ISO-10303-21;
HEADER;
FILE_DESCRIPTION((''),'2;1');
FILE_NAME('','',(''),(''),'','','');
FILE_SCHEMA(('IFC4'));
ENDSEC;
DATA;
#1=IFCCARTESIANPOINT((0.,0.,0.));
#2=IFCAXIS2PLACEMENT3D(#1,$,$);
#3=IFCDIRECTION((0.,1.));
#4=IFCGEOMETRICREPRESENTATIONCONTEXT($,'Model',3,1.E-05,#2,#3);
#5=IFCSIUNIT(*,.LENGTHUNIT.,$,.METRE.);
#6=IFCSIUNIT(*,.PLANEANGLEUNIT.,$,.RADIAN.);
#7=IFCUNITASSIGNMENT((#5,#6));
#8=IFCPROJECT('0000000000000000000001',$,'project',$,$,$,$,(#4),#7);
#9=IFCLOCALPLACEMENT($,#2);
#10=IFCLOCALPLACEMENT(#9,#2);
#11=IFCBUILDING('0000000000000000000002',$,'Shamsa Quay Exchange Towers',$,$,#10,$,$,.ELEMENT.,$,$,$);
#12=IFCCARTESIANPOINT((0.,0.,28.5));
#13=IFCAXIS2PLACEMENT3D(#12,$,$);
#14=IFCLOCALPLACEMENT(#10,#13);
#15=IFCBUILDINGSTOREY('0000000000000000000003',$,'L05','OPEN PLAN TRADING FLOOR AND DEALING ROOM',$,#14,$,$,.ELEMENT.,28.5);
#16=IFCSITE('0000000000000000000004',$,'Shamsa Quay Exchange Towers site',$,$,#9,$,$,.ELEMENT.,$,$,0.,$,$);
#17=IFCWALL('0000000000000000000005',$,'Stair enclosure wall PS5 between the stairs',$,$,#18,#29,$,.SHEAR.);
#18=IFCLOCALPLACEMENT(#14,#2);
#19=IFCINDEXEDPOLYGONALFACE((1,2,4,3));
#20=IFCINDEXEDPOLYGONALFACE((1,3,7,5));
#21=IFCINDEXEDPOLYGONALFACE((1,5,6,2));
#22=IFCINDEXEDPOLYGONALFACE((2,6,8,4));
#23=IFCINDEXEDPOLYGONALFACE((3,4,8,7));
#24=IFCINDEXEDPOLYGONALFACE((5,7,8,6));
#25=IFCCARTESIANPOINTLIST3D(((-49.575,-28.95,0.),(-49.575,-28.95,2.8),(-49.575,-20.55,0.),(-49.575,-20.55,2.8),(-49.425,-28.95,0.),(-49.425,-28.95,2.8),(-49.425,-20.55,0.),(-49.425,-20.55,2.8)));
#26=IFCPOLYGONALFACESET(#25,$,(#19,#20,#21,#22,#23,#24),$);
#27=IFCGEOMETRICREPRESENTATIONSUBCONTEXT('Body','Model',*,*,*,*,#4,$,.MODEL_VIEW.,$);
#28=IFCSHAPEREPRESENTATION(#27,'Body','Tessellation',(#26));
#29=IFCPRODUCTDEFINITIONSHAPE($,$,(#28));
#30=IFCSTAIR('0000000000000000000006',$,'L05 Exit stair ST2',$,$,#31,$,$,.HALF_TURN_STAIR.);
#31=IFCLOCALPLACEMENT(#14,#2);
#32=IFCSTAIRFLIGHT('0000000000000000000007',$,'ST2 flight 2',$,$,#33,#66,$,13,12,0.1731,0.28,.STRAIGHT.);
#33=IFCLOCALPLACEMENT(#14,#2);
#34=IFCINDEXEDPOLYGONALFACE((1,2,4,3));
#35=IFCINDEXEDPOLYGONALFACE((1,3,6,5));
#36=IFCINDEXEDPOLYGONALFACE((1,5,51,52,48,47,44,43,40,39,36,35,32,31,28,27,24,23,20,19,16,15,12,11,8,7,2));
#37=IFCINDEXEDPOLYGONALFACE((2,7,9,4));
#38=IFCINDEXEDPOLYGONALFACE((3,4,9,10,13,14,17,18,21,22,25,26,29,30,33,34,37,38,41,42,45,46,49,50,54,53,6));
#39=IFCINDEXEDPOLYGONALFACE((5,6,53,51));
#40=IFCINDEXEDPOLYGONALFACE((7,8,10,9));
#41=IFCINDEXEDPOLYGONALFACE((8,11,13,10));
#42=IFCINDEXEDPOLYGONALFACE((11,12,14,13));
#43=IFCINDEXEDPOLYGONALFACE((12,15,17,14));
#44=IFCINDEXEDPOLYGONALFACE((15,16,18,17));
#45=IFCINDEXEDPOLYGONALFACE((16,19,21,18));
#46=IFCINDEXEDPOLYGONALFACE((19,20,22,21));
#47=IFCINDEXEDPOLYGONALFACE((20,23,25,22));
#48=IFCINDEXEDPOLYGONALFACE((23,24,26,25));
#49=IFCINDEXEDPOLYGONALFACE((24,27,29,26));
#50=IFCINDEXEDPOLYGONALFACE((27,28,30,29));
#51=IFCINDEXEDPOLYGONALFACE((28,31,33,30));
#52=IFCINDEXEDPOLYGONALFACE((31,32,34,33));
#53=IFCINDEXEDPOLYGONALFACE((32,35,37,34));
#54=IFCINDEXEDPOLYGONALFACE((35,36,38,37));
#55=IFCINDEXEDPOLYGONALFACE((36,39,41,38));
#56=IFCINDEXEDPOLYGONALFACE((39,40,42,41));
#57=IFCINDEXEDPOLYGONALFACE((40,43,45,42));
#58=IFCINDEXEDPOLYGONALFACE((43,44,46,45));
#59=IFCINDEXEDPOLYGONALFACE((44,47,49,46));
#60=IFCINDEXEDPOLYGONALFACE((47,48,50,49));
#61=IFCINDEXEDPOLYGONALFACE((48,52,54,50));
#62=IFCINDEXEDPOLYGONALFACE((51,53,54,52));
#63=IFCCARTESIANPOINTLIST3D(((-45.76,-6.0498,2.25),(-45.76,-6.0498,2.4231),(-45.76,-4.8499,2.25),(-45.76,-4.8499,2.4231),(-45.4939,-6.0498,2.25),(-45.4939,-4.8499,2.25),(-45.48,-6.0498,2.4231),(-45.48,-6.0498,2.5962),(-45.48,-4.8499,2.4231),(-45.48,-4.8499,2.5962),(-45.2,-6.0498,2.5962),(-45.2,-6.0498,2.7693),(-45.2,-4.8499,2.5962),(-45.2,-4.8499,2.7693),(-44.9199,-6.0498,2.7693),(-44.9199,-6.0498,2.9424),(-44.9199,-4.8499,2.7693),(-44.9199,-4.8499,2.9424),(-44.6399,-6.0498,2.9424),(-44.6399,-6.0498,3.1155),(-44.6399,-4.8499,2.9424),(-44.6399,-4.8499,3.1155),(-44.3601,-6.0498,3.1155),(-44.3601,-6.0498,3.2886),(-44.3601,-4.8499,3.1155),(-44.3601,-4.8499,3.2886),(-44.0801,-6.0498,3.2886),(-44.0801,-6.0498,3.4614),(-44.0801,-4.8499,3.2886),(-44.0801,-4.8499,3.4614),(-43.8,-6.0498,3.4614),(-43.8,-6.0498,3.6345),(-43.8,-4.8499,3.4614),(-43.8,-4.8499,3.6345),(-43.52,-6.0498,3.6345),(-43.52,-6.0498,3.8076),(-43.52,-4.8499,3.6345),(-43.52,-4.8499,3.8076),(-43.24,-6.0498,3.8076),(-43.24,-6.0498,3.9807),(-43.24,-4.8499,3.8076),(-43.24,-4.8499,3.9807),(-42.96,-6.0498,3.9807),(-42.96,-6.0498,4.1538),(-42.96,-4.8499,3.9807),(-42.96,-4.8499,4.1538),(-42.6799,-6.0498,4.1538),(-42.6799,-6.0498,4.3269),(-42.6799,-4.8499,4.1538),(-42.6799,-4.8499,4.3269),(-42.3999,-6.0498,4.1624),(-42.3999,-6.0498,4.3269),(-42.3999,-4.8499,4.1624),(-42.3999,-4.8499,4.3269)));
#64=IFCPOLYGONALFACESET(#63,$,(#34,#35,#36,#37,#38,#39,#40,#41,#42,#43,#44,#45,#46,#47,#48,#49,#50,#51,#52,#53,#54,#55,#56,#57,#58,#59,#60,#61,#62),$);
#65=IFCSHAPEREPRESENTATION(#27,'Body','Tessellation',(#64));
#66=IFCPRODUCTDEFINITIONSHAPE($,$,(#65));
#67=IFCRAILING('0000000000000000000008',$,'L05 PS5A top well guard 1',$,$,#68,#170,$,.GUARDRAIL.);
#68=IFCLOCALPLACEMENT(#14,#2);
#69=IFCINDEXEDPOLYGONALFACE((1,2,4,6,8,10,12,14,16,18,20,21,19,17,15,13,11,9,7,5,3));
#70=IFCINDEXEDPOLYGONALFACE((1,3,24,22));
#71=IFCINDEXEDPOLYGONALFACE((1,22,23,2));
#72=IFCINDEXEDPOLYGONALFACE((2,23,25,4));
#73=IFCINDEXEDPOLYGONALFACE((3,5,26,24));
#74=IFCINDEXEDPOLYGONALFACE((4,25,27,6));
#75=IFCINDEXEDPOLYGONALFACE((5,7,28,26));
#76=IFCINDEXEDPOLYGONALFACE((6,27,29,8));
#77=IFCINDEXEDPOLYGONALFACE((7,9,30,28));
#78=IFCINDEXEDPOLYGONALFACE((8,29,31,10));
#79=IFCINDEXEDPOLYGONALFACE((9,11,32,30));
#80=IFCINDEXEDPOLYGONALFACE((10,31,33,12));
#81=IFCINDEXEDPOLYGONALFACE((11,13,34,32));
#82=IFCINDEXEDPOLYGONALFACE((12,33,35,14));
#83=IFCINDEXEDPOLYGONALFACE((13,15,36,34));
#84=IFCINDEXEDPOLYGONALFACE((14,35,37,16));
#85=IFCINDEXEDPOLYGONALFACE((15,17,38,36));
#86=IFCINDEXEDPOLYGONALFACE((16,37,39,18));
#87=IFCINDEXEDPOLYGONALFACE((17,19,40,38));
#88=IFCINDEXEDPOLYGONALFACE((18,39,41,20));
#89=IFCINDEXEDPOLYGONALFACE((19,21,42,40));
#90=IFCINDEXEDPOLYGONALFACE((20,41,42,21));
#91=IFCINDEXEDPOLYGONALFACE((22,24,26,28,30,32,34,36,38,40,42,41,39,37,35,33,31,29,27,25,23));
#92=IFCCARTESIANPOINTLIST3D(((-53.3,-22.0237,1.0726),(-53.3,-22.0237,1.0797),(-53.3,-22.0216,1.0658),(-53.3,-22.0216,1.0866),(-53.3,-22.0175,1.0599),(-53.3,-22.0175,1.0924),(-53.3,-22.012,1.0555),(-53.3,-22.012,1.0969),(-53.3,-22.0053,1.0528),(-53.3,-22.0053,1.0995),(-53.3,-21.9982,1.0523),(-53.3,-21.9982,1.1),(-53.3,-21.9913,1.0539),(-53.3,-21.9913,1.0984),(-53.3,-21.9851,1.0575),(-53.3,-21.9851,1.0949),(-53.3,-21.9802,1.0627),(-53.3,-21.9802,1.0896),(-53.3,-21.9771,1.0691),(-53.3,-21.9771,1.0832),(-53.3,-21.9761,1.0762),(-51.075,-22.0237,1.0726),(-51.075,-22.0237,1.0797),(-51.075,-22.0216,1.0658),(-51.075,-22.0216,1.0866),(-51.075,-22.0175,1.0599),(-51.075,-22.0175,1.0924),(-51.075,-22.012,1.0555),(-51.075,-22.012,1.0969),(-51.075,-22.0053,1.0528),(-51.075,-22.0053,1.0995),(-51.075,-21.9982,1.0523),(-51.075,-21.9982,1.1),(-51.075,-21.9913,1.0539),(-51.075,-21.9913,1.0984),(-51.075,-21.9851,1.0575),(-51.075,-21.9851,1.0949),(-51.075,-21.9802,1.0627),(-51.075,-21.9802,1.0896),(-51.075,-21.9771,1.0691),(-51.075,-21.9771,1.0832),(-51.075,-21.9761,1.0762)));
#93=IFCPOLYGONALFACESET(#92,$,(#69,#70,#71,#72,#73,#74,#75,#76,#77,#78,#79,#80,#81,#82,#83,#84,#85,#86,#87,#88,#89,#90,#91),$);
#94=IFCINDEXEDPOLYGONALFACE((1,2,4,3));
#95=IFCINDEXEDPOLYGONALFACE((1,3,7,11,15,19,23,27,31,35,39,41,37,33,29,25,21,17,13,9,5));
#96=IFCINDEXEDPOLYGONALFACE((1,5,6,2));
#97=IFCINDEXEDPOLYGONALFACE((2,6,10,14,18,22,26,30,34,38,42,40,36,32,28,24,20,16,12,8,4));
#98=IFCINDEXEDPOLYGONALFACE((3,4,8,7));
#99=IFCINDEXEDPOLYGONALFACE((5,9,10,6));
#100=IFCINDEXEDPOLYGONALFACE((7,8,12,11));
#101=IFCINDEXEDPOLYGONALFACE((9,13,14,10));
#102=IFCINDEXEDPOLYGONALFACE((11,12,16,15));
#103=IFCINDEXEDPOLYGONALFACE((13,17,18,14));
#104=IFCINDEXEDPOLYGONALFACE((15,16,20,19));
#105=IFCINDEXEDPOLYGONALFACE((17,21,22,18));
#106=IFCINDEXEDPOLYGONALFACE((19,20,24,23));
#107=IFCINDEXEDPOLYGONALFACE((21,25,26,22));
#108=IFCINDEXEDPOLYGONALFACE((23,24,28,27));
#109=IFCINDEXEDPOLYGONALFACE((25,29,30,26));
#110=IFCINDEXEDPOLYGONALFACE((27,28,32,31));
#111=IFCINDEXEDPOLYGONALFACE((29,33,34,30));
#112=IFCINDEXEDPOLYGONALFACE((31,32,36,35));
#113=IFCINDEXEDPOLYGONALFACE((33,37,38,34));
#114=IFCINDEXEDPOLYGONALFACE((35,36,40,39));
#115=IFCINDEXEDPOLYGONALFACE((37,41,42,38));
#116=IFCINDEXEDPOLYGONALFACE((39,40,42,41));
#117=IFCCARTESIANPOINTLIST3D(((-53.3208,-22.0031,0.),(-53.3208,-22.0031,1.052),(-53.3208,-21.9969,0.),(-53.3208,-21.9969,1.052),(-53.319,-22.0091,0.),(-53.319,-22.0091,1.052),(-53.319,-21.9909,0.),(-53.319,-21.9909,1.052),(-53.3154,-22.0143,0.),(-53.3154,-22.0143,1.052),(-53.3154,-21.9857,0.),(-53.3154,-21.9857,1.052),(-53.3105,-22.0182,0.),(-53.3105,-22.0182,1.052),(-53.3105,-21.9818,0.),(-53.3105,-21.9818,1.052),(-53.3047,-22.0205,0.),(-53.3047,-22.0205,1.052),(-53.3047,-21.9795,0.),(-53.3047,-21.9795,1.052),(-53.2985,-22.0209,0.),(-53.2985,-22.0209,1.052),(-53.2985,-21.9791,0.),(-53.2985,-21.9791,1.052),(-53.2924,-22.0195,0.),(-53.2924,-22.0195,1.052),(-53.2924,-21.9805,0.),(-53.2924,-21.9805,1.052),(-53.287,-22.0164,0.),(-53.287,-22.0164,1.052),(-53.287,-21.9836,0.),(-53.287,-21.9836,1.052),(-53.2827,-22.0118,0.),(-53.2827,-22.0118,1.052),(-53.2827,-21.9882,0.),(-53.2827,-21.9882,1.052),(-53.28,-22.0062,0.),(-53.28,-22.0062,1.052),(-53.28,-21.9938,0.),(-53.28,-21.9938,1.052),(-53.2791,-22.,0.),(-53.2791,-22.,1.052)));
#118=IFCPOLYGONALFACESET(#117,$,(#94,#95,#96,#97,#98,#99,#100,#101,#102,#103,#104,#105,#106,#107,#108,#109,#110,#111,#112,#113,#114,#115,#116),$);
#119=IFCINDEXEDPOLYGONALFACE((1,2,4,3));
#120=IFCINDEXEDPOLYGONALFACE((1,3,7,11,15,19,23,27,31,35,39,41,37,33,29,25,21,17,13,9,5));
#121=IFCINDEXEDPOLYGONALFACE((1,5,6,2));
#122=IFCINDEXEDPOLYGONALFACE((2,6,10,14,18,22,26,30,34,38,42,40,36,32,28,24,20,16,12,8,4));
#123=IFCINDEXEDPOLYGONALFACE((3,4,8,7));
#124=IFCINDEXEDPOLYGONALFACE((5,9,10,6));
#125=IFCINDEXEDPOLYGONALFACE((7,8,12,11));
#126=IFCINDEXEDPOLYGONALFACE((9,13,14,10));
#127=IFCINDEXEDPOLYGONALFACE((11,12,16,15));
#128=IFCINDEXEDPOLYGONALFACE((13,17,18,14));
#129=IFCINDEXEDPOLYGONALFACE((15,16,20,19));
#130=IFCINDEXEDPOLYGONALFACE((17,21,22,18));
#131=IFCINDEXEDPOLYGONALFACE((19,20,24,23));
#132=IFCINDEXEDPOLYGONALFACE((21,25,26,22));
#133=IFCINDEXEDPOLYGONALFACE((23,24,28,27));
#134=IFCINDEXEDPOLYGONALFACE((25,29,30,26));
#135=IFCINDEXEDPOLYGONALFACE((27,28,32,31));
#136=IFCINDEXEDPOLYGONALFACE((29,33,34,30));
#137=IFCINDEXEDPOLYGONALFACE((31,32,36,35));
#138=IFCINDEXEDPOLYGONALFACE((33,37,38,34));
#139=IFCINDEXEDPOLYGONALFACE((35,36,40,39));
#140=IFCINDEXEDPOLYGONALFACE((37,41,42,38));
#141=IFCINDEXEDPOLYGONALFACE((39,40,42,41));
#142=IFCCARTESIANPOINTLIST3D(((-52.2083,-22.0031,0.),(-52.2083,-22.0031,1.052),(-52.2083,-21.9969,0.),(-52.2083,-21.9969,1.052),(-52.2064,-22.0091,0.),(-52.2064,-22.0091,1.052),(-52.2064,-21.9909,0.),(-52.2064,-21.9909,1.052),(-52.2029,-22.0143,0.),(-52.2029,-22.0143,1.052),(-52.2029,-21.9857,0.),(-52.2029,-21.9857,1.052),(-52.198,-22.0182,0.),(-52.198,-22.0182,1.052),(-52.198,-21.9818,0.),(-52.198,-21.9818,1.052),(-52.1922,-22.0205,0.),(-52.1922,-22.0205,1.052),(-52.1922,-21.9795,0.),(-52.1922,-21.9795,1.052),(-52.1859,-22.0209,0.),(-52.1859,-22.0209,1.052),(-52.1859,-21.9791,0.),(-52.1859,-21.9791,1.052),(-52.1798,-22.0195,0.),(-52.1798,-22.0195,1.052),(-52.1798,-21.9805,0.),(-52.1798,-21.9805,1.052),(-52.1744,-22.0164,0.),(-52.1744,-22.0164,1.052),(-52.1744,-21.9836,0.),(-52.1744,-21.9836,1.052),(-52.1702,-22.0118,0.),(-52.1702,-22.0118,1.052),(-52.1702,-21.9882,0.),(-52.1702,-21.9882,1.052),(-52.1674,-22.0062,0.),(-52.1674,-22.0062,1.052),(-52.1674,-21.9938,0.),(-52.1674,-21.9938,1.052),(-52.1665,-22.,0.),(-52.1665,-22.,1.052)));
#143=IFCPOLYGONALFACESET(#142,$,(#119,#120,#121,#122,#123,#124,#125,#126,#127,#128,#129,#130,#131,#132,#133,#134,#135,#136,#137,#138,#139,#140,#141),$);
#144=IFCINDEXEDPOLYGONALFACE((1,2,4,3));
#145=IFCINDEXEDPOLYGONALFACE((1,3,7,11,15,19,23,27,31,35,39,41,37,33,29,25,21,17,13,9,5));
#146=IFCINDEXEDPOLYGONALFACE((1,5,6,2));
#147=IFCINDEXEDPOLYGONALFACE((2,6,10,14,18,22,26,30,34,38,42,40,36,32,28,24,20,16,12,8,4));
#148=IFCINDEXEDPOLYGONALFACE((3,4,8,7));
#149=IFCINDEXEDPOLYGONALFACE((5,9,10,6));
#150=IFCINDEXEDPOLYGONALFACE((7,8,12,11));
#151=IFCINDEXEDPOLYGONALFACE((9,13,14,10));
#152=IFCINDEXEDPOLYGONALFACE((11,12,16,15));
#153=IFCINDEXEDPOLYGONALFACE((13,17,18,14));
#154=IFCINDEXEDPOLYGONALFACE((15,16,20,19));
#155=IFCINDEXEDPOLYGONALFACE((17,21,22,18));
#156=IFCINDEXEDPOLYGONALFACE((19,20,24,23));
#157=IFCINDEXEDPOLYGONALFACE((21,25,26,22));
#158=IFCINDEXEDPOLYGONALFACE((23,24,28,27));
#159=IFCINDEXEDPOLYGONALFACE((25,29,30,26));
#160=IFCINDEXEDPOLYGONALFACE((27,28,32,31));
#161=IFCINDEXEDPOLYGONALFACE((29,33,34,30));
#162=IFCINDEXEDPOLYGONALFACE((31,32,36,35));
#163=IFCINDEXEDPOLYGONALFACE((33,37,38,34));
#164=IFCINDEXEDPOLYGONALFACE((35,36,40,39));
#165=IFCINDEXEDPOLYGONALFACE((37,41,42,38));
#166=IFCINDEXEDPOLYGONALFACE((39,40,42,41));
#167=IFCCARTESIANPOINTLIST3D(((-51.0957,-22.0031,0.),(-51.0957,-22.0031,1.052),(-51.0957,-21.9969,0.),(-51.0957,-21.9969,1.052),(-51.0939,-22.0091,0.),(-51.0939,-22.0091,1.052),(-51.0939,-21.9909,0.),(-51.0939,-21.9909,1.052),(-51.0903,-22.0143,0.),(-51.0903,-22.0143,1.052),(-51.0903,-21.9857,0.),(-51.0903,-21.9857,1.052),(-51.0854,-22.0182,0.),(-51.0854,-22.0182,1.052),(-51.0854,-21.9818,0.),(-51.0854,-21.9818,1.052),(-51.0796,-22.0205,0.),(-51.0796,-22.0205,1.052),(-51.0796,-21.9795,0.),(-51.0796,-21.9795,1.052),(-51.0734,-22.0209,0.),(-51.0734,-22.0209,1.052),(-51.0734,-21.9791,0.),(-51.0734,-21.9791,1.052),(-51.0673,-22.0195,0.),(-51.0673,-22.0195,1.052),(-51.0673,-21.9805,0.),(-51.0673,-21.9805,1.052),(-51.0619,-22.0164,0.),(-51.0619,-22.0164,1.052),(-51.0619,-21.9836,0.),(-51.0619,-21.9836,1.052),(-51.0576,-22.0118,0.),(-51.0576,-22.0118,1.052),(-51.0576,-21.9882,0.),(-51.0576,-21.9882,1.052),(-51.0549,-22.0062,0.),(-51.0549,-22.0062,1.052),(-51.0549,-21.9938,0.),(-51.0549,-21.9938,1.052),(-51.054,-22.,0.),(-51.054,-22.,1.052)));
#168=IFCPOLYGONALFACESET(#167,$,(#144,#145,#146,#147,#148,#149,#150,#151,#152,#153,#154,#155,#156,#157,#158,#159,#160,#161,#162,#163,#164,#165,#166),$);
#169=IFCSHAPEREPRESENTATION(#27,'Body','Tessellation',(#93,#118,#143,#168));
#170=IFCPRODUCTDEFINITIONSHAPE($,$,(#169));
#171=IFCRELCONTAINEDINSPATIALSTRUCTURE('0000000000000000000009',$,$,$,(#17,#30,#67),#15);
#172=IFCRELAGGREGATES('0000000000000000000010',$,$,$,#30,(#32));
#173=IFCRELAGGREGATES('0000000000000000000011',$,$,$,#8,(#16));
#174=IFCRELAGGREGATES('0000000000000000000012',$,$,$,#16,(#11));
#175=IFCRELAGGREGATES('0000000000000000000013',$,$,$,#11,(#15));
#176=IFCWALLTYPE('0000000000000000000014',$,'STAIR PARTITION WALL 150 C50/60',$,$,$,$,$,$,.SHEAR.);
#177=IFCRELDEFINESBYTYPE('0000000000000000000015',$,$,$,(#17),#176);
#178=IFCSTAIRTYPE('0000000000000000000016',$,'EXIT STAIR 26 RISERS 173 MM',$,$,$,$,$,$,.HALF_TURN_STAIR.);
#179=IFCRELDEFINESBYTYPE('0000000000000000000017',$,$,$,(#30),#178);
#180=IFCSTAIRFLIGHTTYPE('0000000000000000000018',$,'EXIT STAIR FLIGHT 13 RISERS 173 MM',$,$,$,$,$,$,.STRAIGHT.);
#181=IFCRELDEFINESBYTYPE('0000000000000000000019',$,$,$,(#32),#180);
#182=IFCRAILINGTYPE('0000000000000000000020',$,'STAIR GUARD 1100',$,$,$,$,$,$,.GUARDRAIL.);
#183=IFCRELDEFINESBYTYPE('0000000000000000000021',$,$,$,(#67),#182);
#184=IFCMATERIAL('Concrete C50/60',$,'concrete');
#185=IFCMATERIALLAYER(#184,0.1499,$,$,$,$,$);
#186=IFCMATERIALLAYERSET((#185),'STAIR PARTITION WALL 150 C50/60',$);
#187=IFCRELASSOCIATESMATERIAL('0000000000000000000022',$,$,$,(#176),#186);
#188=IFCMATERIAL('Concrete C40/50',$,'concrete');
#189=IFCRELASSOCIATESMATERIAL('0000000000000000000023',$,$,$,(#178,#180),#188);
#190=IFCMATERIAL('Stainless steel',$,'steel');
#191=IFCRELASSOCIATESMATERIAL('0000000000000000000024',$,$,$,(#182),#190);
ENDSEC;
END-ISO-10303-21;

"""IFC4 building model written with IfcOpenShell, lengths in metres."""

from ifc_helpers import new_model, si_unit, direction, frame, frame_2d, origin, origin_2d, place, context, subcontext, project, spatial, polyline, rectangle, circle, outline, extrude, material, layer, layer_set, type_object, element, aggregate, save


model = new_model("IFC4")

# Units and contexts
model_context = context("Model", 3, precision=1e-05, world=origin(), true_north=direction((0.0, 1.0)))
body_context = subcontext(model_context, "Body", "Model", "MODEL_VIEW")
ifc_project = project(units=[si_unit("LENGTHUNIT", "METRE"), si_unit("PLANEANGLEUNIT", "RADIAN")], contexts=[model_context])

# Site, building, storey
site_placement = place(None, origin())
site = spatial("IfcSite", under=ifc_project, at=site_placement, Name="Shamsa Quay Exchange Towers site", CompositionType="ELEMENT", RefElevation=0.0)
building_placement = place(site_placement, origin())
building = spatial("IfcBuilding", under=site, at=building_placement, Name="Shamsa Quay Exchange Towers", CompositionType="ELEMENT")
storey_placement = place(building_placement, frame((0.0, 0.0, 28.5)))
storey = spatial("IfcBuildingStorey", under=building, at=storey_placement, Name="L05", Description="OPEN PLAN TRADING FLOOR AND DEALING ROOM", CompositionType="ELEMENT", Elevation=28.5)

# Shared definitions
ifc_material_1 = material(Name="Concrete C50/60", Category="concrete")

# Wall
ifc_layer_1 = layer(ifc_material_1, 0.1499)
ifc_layer_set_1 = layer_set([ifc_layer_1], Name="STAIR PARTITION WALL 150 C50/60")
wall_type_1 = type_object("IfcWallType", Name="STAIR PARTITION WALL 150 C50/60", PredefinedType="SHEAR", material=ifc_layer_set_1)
wall_1_placement = place(storey_placement, frame((-49.5, -28.95, 0.0), z_axis=(0.0, 0.0, 1.0), x_axis=(0.0, 1.0, 0.0)))
element("IfcWall", 1, at=wall_1_placement, inside=storey, type_object=wall_type_1, Name="Stair enclosure wall PS5 between the stairs", PredefinedType="SHEAR", context=body_context, shape_type="SweptSolid", body=[
    extrude(rectangle(XDim=8.3999, YDim=0.1499, at=frame_2d((4.2, 0.0))), origin(), (0.0, 0.0, 1.0), 2.8),
])

# Stair, stair flight
ifc_material_2 = material(Name="Concrete C40/50", Category="concrete")
stair_type = type_object("IfcStairType", Name="EXIT STAIR 26 RISERS 173 MM", PredefinedType="HALF_TURN_STAIR", material=ifc_material_2)
stair_placement = place(storey_placement, origin())
stair = element("IfcStair", 2, at=stair_placement, inside=storey, type_object=stair_type, Name="L05 Exit stair ST2", PredefinedType="HALF_TURN_STAIR")
stair_flight_type = type_object("IfcStairFlightType", Name="EXIT STAIR FLIGHT 13 RISERS 173 MM", PredefinedType="STRAIGHT", material=ifc_material_2)
stair_flight_placement = place(storey_placement, frame((-45.76, -5.45, 2.25)))
stair_flight = element("IfcStairFlight", 3, at=stair_flight_placement, type_object=stair_flight_type, Name="ST2 flight 2", NumberOfRisers=13, NumberOfTreads=12, PredefinedType="STRAIGHT", RiserHeight=0.1731, TreadLength=0.28, context=body_context, shape_type="SweptSolid", body=[
    extrude(outline(polyline([(0.0, 0.0), (0.0, 0.1731), (0.28, 0.1731), (0.28, 0.3462), (0.5601, 0.3462), (0.5601, 0.5193), (0.8401, 0.5193), (0.8401, 0.6924), (1.1201, 0.6924), (1.1201, 0.8655), (1.3999, 0.8655), (1.3999, 1.0386), (1.6799, 1.0386), (1.6799, 1.2114), (1.96, 1.2114), (1.96, 1.3845), (2.24, 1.3845), (2.24, 1.5576), (2.52, 1.5576), (2.52, 1.7307), (2.8, 1.7307), (2.8, 1.9038), (3.0801, 1.9038), (3.0801, 2.0769), (3.3601, 2.0769), (3.3601, 2.25), (3.3601, 1.9124), (0.2661, 0.0), (0.0, 0.0)])), frame((0.0, 0.6001, 0.0), z_axis=(0.0, -1.0, 0.0), x_axis=(1.0, 0.0, 0.0)), (0.0, 0.0, 1.0), 1.2),
])
aggregate(stair, [stair_flight])

# Railing
ifc_material_3 = material(Name="Stainless steel", Category="steel")
railing_type_1 = type_object("IfcRailingType", Name="STAIR GUARD 1100", PredefinedType="GUARDRAIL", material=ifc_material_3)
for number, where, name in (
    (4, (-53.3, -22.0, 0.0), "L05 PS5A top well guard 1"),
):
    element("IfcRailing", number, at=place(storey_placement, frame(where)), inside=storey, type_object=railing_type_1, Name=name, PredefinedType="GUARDRAIL", context=body_context, shape_type="SweptSolid", body=[
        extrude(circle(Radius=0.0239, at=origin_2d()), frame((0.0, 0.0, 1.0762), z_axis=(1.0, 0.0, 0.0), x_axis=(0.0, 1.0, 0.0)), (0.0, 0.0, 1.0), 2.2251),
        extrude(circle(Radius=0.021, at=origin_2d()), origin(), (0.0, 0.0, 1.0), 1.052),
        extrude(circle(Radius=0.021, at=origin_2d()), frame((1.1125, 0.0, 0.0)), (0.0, 0.0, 1.0), 1.052),
        extrude(circle(Radius=0.021, at=origin_2d()), frame((2.2251, 0.0, 0.0)), (0.0, 0.0, 1.0), 1.052),
    ])

save(model, "model.ifc")
